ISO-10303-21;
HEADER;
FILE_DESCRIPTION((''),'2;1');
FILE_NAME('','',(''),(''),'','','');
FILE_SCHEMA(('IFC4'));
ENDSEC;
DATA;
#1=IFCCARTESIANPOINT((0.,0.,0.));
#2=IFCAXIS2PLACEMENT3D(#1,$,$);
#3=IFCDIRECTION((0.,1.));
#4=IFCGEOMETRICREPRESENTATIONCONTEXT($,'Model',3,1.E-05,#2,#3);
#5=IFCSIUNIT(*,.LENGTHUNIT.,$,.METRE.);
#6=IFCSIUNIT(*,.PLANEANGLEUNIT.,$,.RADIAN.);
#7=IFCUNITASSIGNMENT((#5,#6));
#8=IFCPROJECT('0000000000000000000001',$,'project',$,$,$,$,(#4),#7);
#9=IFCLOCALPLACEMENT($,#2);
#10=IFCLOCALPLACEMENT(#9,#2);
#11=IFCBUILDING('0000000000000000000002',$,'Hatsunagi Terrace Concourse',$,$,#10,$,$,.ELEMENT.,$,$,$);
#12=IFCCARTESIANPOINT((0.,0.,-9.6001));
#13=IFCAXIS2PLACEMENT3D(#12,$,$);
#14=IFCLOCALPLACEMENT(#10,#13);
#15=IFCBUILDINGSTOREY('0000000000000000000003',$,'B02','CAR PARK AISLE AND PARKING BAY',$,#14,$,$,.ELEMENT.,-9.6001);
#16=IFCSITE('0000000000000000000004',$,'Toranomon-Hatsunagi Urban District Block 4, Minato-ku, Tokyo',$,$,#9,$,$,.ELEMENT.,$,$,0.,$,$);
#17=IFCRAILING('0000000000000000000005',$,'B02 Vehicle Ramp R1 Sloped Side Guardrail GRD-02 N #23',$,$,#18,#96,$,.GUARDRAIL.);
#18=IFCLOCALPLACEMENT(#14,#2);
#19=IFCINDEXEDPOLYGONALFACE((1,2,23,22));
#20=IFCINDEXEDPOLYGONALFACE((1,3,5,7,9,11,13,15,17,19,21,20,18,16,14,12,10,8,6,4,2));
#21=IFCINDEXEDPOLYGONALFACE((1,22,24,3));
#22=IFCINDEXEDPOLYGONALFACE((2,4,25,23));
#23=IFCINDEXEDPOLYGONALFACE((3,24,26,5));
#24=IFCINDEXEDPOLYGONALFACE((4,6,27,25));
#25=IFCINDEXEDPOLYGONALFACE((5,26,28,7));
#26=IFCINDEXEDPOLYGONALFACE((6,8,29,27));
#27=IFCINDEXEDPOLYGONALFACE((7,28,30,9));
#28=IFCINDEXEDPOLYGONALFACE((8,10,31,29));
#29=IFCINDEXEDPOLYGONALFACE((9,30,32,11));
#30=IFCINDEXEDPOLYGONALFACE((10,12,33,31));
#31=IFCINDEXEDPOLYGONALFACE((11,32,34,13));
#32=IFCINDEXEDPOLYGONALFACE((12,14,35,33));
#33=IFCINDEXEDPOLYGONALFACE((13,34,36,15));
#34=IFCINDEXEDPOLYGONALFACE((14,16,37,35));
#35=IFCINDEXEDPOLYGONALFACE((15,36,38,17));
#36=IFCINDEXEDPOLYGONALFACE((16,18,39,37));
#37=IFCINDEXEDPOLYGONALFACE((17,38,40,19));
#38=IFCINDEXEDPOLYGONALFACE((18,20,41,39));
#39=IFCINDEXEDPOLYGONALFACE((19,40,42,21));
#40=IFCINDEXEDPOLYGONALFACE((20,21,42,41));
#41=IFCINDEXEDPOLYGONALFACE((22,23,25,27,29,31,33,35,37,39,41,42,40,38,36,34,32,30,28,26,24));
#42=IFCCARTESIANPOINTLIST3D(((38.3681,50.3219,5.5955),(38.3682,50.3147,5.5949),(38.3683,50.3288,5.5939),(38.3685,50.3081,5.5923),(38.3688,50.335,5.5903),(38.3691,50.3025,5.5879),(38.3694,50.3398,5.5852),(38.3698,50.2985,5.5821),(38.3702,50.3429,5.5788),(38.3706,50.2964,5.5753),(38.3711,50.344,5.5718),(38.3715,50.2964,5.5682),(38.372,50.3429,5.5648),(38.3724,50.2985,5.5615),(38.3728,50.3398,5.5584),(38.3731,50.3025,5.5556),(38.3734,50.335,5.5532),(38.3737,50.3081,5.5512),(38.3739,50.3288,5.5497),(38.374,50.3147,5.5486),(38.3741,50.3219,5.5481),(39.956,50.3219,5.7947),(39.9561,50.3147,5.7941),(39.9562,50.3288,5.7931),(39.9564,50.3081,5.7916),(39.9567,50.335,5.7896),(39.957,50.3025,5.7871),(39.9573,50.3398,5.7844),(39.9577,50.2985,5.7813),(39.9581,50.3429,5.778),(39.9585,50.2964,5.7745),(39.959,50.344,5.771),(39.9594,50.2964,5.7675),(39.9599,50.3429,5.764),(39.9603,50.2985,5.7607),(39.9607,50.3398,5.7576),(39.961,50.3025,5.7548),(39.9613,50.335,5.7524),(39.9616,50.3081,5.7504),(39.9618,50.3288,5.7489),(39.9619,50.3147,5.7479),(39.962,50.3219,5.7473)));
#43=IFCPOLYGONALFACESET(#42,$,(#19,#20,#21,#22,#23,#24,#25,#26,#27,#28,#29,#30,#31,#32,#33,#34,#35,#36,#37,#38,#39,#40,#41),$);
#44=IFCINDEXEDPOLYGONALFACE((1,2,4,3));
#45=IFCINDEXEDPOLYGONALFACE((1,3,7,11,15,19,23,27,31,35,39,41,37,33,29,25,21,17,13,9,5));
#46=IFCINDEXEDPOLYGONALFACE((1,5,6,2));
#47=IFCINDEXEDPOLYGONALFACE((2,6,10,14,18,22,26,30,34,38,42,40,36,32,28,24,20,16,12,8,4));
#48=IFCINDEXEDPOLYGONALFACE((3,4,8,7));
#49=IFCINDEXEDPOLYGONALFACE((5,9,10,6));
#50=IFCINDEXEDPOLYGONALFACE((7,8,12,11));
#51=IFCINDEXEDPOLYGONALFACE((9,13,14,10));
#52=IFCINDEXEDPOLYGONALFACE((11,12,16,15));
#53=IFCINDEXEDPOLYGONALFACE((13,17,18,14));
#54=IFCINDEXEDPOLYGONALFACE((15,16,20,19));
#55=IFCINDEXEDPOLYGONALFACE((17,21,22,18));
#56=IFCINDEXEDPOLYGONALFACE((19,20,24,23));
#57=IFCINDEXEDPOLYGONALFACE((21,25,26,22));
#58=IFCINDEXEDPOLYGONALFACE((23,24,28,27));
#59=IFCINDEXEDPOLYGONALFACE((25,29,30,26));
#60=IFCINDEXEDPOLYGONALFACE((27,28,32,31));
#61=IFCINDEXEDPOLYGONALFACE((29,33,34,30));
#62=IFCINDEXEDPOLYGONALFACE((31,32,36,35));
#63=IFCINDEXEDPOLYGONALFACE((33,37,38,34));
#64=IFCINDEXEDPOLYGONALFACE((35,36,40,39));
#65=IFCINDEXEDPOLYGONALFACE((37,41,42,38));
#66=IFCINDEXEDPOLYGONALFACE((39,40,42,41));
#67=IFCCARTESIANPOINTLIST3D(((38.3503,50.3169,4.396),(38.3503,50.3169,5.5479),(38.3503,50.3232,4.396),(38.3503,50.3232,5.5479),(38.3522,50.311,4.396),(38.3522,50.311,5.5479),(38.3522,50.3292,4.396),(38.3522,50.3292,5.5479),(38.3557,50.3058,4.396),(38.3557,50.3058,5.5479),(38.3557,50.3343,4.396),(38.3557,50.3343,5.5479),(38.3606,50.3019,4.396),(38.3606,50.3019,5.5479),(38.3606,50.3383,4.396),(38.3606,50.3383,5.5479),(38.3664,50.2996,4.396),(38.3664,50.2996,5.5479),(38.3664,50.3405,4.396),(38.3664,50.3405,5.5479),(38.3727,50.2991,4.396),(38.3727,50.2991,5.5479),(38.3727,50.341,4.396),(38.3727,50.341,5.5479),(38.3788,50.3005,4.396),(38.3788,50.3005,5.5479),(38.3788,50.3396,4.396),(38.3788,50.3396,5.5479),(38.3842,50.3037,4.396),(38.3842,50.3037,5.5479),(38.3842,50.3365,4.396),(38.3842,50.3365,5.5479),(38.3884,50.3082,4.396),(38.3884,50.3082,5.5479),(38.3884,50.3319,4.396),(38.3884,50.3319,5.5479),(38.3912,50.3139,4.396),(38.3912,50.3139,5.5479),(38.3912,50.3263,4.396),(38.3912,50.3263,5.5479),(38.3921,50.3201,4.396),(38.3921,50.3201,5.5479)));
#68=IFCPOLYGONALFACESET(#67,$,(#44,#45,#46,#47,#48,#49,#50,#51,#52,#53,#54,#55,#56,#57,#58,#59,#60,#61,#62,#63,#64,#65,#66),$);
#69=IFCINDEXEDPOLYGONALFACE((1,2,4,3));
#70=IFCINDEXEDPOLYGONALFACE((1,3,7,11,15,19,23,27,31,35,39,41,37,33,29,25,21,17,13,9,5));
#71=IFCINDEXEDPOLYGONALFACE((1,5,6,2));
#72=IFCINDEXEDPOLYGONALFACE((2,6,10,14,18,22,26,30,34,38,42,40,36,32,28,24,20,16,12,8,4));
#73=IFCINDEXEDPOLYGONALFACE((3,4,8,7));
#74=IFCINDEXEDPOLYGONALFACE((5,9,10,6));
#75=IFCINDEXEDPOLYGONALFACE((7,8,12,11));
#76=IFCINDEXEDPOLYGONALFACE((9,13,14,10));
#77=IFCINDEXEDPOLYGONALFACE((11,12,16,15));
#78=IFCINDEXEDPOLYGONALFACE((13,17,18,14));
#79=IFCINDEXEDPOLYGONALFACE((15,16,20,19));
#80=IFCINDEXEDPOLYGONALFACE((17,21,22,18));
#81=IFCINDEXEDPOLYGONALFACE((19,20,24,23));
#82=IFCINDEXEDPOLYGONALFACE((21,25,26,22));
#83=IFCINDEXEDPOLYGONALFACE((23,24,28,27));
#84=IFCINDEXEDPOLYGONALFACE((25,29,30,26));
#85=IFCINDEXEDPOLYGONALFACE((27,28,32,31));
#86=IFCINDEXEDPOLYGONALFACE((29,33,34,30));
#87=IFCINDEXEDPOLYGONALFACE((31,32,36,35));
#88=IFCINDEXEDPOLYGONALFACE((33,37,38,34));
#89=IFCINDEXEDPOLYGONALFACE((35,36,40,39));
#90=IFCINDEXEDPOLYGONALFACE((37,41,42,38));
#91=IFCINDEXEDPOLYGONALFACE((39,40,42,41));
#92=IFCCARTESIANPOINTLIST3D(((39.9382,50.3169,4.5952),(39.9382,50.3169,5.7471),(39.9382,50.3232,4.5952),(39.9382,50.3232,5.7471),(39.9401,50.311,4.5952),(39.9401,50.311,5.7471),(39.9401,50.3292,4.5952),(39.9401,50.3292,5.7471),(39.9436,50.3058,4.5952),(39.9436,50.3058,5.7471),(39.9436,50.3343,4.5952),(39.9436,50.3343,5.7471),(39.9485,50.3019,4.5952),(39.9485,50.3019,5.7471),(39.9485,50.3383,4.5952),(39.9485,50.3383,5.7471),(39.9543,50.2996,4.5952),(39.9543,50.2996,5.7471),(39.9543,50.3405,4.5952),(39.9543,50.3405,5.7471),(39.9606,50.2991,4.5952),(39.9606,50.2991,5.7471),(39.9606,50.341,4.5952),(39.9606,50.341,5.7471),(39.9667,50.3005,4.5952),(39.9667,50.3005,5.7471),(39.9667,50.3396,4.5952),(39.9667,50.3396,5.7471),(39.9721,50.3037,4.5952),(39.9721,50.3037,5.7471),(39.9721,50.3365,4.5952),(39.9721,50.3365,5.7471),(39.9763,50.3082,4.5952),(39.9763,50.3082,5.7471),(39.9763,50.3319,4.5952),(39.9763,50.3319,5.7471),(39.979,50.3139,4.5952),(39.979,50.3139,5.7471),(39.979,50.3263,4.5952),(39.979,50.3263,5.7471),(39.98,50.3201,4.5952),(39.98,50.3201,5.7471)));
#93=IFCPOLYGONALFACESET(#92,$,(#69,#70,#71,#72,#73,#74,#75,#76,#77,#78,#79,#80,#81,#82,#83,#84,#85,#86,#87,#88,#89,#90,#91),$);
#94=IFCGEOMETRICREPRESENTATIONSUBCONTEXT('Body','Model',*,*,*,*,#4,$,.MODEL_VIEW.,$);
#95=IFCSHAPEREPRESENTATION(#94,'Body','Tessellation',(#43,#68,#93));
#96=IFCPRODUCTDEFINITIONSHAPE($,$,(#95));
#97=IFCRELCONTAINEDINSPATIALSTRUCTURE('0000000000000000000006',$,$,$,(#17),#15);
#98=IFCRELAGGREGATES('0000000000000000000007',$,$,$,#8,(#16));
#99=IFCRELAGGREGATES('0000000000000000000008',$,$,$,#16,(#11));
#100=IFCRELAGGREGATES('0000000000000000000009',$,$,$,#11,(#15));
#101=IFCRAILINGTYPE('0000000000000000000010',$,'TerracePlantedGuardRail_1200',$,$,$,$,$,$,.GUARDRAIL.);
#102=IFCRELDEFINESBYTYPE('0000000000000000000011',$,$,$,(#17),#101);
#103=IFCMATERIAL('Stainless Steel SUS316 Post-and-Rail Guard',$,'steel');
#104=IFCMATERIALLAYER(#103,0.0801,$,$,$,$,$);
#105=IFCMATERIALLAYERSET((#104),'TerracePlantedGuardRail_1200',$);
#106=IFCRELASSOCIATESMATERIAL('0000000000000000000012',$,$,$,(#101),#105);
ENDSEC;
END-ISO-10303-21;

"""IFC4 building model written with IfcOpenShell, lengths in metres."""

from ifc_helpers import new_model, si_unit, direction, frame, origin, origin_2d, place, context, subcontext, project, spatial, circle, extrude, material, layer, layer_set, type_object, element, save


model = new_model("IFC4")

# Units and contexts
model_context = context("Model", 3, precision=1e-05, world=origin(), true_north=direction((0.0, 1.0)))
body_context = subcontext(model_context, "Body", "Model", "MODEL_VIEW")
ifc_project = project(units=[si_unit("LENGTHUNIT", "METRE"), si_unit("PLANEANGLEUNIT", "RADIAN")], contexts=[model_context])

# Site, building, storey
site_placement = place(None, origin())
site = spatial("IfcSite", under=ifc_project, at=site_placement, Name="Toranomon-Hatsunagi Urban District Block 4, Minato-ku, Tokyo", CompositionType="ELEMENT", RefElevation=0.0)
building_placement = place(site_placement, origin())
building = spatial("IfcBuilding", under=site, at=building_placement, Name="Hatsunagi Terrace Concourse", CompositionType="ELEMENT")
storey_placement = place(building_placement, frame((0.0, 0.0, -9.6001)))
storey = spatial("IfcBuildingStorey", under=building, at=storey_placement, Name="B02", Description="CAR PARK AISLE AND PARKING BAY", CompositionType="ELEMENT", Elevation=-9.6001)

# Railing
ifc_material_1 = material(Name="Stainless Steel SUS316 Post-and-Rail Guard", Category="steel")
ifc_layer_1 = layer(ifc_material_1, 0.0801)
ifc_layer_set_1 = layer_set([ifc_layer_1], Name="TerracePlantedGuardRail_1200")
railing_type = type_object("IfcRailingType", Name="TerracePlantedGuardRail_1200", PredefinedType="GUARDRAIL", material=ifc_layer_set_1)
railing_1_placement = place(storey_placement, frame((38.3711, 50.3201, 4.396)))
element("IfcRailing", 1, at=railing_1_placement, inside=storey, type_object=railing_type, Name="B02 Vehicle Ramp R1 Sloped Side Guardrail GRD-02 N #23", PredefinedType="GUARDRAIL", context=body_context, shape_type="SweptSolid", body=[
    extrude(circle(Radius=0.0239, at=origin_2d()), frame((0.0, 0.0, 1.1758), z_axis=(0.992221, 0.0, 0.124485), x_axis=(0.0, 1.0, 0.0)), (0.0, 0.0, 1.0), 1.6003),
    extrude(circle(Radius=0.021, at=origin_2d()), origin(), (0.0, 0.0, 1.0), 1.1519),
    extrude(circle(Radius=0.021, at=origin_2d()), frame((1.5879, 0.0, 0.1992)), (0.0, 0.0, 1.0), 1.1519),
])

save(model, "model.ifc")
